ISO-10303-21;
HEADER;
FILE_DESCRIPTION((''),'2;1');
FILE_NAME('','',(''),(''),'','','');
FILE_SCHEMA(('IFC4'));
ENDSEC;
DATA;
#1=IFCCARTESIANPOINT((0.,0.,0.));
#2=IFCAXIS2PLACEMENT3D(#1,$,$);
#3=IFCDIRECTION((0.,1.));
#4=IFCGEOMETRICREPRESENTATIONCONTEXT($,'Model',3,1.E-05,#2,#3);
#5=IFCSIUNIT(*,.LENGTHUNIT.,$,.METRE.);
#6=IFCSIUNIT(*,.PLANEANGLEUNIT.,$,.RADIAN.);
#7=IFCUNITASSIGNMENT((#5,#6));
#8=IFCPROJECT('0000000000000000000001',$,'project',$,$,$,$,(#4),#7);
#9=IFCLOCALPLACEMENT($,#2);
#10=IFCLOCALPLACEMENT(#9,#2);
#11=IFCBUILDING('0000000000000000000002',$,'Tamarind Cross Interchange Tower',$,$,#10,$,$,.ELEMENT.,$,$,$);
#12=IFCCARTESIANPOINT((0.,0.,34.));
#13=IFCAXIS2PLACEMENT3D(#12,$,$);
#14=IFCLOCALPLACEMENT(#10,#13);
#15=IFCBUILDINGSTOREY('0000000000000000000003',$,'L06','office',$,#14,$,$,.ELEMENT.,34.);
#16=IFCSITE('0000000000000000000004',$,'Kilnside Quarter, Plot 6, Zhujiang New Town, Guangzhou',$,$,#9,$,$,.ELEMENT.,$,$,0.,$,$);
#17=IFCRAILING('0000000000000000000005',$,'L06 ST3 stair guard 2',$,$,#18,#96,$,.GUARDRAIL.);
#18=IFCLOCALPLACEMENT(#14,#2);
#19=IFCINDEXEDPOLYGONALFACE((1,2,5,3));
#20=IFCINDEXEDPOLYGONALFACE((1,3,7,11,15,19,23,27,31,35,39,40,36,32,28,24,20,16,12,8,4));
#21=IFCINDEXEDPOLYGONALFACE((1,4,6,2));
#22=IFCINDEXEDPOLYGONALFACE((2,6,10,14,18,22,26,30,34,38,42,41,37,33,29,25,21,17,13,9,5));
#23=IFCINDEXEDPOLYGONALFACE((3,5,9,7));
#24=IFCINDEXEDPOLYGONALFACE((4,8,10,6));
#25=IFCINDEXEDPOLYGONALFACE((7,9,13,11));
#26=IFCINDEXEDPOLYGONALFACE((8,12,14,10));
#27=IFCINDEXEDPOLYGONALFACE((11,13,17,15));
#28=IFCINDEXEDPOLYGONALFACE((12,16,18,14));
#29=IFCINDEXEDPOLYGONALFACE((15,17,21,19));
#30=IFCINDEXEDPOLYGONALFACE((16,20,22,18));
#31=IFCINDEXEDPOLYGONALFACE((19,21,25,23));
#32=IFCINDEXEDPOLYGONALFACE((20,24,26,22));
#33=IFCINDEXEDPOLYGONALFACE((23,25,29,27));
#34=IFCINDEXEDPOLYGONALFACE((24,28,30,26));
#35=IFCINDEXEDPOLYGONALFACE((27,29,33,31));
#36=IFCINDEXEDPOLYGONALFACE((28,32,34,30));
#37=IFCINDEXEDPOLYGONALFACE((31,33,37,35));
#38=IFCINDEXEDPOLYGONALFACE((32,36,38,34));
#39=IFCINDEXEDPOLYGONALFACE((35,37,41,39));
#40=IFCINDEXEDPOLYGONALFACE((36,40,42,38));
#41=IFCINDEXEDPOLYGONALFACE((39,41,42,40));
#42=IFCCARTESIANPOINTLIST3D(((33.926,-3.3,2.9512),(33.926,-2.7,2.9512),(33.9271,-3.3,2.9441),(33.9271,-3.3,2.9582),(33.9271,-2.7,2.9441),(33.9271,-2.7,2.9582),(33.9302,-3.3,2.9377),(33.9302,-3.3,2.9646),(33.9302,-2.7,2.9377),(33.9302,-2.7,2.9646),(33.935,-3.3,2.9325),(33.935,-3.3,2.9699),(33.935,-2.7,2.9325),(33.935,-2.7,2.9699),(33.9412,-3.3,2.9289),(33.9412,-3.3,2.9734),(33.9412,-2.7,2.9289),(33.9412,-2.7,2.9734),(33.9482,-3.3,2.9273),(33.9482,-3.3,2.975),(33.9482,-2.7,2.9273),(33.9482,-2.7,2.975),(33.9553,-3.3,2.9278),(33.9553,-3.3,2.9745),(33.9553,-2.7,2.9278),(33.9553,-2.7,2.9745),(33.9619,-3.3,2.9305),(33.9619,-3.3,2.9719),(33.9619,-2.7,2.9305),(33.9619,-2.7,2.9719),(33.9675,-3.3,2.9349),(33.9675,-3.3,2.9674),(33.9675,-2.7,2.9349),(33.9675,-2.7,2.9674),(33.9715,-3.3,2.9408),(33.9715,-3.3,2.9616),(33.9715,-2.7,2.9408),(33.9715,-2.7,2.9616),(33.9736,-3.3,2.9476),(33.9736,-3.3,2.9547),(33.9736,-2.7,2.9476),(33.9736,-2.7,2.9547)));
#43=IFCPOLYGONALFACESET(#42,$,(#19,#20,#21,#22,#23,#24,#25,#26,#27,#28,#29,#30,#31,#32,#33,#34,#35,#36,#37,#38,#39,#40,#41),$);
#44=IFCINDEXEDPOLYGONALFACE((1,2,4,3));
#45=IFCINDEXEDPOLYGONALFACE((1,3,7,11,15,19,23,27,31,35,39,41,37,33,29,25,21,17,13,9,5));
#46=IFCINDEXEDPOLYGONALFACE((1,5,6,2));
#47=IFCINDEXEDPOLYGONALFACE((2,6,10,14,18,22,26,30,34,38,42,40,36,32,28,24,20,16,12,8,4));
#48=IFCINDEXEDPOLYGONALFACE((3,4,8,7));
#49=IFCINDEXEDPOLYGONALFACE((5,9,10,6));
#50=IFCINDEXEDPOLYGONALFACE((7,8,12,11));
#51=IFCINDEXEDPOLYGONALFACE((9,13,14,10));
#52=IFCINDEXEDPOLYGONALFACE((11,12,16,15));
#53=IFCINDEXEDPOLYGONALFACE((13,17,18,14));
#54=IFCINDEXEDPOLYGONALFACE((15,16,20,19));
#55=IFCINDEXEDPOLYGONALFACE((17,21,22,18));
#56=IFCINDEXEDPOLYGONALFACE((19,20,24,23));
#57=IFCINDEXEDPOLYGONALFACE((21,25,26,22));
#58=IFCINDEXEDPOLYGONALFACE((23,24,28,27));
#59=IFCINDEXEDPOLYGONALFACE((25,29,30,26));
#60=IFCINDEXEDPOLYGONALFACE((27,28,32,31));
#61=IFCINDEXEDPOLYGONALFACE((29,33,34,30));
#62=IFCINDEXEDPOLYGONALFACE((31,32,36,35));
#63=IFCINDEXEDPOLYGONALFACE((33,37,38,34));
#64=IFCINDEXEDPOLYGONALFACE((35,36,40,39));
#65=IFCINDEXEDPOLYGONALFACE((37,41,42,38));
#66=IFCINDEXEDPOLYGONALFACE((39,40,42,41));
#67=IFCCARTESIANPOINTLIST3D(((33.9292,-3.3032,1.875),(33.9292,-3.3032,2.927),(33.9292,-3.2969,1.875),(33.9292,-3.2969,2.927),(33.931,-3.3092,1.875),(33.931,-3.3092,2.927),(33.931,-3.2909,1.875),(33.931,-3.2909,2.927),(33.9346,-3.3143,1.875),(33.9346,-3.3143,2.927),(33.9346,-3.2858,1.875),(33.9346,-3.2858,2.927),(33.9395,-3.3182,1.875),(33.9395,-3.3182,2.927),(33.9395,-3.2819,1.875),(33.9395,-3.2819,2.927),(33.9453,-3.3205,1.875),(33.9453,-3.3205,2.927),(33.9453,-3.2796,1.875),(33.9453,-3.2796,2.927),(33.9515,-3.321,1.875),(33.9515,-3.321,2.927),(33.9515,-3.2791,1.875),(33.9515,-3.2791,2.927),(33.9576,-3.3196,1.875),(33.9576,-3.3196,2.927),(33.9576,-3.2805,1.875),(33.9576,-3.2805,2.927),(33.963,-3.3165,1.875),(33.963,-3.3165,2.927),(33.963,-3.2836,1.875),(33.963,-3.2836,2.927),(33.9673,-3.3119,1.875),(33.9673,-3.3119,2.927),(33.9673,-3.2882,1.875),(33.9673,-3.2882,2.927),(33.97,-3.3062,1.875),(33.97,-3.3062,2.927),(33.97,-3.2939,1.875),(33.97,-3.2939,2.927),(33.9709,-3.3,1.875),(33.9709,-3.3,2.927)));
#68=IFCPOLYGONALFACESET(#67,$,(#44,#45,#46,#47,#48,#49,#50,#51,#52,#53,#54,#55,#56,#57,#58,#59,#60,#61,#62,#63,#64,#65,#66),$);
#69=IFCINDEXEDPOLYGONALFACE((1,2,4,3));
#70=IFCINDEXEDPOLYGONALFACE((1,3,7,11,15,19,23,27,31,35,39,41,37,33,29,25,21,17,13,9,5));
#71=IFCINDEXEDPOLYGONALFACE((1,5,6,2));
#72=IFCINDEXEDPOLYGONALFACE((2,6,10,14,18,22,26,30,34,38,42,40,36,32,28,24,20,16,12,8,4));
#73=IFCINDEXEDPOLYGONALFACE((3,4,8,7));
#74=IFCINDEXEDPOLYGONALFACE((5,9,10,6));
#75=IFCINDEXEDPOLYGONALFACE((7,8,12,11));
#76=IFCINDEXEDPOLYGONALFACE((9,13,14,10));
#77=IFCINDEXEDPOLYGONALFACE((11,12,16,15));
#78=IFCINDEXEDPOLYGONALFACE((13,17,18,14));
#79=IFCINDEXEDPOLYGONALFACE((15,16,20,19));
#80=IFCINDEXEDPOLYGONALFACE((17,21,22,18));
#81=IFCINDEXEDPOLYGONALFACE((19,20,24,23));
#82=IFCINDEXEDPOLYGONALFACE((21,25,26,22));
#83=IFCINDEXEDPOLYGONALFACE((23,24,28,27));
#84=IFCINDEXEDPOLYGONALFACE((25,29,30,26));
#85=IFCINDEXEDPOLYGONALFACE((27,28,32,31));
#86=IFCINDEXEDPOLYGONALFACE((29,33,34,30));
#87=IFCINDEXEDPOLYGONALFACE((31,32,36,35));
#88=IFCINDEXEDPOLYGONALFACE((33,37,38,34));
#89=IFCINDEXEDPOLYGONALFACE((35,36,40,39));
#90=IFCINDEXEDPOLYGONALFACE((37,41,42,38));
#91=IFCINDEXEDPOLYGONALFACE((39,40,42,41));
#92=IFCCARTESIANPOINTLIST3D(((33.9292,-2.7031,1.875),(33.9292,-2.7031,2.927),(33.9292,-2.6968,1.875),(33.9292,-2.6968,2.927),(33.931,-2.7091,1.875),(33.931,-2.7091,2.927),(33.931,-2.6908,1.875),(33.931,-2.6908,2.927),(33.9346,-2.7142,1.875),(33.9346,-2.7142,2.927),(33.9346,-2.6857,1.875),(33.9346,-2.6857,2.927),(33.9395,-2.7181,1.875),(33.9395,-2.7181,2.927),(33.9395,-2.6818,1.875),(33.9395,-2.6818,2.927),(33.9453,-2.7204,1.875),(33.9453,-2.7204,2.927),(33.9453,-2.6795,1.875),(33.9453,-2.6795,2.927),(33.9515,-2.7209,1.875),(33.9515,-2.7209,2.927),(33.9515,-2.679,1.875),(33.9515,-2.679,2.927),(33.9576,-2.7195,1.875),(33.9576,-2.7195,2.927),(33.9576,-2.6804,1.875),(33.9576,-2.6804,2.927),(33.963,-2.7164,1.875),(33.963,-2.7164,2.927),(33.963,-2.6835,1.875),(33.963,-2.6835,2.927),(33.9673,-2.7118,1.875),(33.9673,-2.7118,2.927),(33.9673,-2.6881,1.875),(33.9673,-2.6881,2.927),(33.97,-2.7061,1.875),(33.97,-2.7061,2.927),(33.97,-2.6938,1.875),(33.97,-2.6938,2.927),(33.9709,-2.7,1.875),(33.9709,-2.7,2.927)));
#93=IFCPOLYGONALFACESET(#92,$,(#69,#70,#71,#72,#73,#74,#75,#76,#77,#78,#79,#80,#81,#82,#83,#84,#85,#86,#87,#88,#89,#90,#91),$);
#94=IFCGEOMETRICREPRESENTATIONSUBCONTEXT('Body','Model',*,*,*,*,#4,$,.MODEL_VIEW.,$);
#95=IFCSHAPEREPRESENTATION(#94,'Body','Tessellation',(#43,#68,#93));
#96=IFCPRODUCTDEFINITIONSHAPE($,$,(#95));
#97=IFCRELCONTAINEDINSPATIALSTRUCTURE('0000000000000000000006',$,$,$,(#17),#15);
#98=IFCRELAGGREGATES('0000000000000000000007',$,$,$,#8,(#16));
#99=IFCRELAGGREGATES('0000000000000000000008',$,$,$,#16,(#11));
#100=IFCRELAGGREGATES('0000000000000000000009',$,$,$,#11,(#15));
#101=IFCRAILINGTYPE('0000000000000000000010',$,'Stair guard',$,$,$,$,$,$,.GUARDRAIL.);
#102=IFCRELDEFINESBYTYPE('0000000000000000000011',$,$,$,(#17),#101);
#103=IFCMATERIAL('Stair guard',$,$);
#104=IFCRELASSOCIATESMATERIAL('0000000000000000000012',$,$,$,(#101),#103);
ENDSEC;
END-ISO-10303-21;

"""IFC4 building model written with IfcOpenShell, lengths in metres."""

from ifc_helpers import new_model, si_unit, direction, frame, origin, origin_2d, place, context, subcontext, project, spatial, circle, extrude, material, type_object, element, save


model = new_model("IFC4")

# Units and contexts
model_context = context("Model", 3, precision=1e-05, world=origin(), true_north=direction((0.0, 1.0)))
body_context = subcontext(model_context, "Body", "Model", "MODEL_VIEW")
ifc_project = project(units=[si_unit("LENGTHUNIT", "METRE"), si_unit("PLANEANGLEUNIT", "RADIAN")], contexts=[model_context])

# Site, building, storey
site_placement = place(None, origin())
site = spatial("IfcSite", under=ifc_project, at=site_placement, Name="Kilnside Quarter, Plot 6, Zhujiang New Town, Guangzhou", CompositionType="ELEMENT", RefElevation=0.0)
building_placement = place(site_placement, origin())
building = spatial("IfcBuilding", under=site, at=building_placement, Name="Tamarind Cross Interchange Tower", CompositionType="ELEMENT")
storey_placement = place(building_placement, frame((0.0, 0.0, 34.0)))
storey = spatial("IfcBuildingStorey", under=building, at=storey_placement, Name="L06", Description="office", CompositionType="ELEMENT", Elevation=34.0)

# Railing
ifc_material_1 = material(Name="Stair guard")
railing_type_1 = type_object("IfcRailingType", Name="Stair guard", PredefinedType="GUARDRAIL", material=ifc_material_1)
railing_1_placement = place(storey_placement, frame((33.95, -3.3, 1.875)))
element("IfcRailing", 1, at=railing_1_placement, inside=storey, type_object=railing_type_1, Name="L06 ST3 stair guard 2", PredefinedType="GUARDRAIL", context=body_context, shape_type="SweptSolid", body=[
    extrude(circle(Radius=0.0239, at=origin_2d()), frame((0.0, 0.0, 1.0762), z_axis=(0.0, 1.0, 0.0), x_axis=(-1.0, 0.0, 0.0)), (0.0, 0.0, 1.0), 0.6001),
    extrude(circle(Radius=0.021, at=origin_2d()), origin(), (0.0, 0.0, 1.0), 1.052),
    extrude(circle(Radius=0.021, at=origin_2d()), frame((0.0, 0.6001, 0.0)), (0.0, 0.0, 1.0), 1.052),
])

save(model, "model.ifc")
